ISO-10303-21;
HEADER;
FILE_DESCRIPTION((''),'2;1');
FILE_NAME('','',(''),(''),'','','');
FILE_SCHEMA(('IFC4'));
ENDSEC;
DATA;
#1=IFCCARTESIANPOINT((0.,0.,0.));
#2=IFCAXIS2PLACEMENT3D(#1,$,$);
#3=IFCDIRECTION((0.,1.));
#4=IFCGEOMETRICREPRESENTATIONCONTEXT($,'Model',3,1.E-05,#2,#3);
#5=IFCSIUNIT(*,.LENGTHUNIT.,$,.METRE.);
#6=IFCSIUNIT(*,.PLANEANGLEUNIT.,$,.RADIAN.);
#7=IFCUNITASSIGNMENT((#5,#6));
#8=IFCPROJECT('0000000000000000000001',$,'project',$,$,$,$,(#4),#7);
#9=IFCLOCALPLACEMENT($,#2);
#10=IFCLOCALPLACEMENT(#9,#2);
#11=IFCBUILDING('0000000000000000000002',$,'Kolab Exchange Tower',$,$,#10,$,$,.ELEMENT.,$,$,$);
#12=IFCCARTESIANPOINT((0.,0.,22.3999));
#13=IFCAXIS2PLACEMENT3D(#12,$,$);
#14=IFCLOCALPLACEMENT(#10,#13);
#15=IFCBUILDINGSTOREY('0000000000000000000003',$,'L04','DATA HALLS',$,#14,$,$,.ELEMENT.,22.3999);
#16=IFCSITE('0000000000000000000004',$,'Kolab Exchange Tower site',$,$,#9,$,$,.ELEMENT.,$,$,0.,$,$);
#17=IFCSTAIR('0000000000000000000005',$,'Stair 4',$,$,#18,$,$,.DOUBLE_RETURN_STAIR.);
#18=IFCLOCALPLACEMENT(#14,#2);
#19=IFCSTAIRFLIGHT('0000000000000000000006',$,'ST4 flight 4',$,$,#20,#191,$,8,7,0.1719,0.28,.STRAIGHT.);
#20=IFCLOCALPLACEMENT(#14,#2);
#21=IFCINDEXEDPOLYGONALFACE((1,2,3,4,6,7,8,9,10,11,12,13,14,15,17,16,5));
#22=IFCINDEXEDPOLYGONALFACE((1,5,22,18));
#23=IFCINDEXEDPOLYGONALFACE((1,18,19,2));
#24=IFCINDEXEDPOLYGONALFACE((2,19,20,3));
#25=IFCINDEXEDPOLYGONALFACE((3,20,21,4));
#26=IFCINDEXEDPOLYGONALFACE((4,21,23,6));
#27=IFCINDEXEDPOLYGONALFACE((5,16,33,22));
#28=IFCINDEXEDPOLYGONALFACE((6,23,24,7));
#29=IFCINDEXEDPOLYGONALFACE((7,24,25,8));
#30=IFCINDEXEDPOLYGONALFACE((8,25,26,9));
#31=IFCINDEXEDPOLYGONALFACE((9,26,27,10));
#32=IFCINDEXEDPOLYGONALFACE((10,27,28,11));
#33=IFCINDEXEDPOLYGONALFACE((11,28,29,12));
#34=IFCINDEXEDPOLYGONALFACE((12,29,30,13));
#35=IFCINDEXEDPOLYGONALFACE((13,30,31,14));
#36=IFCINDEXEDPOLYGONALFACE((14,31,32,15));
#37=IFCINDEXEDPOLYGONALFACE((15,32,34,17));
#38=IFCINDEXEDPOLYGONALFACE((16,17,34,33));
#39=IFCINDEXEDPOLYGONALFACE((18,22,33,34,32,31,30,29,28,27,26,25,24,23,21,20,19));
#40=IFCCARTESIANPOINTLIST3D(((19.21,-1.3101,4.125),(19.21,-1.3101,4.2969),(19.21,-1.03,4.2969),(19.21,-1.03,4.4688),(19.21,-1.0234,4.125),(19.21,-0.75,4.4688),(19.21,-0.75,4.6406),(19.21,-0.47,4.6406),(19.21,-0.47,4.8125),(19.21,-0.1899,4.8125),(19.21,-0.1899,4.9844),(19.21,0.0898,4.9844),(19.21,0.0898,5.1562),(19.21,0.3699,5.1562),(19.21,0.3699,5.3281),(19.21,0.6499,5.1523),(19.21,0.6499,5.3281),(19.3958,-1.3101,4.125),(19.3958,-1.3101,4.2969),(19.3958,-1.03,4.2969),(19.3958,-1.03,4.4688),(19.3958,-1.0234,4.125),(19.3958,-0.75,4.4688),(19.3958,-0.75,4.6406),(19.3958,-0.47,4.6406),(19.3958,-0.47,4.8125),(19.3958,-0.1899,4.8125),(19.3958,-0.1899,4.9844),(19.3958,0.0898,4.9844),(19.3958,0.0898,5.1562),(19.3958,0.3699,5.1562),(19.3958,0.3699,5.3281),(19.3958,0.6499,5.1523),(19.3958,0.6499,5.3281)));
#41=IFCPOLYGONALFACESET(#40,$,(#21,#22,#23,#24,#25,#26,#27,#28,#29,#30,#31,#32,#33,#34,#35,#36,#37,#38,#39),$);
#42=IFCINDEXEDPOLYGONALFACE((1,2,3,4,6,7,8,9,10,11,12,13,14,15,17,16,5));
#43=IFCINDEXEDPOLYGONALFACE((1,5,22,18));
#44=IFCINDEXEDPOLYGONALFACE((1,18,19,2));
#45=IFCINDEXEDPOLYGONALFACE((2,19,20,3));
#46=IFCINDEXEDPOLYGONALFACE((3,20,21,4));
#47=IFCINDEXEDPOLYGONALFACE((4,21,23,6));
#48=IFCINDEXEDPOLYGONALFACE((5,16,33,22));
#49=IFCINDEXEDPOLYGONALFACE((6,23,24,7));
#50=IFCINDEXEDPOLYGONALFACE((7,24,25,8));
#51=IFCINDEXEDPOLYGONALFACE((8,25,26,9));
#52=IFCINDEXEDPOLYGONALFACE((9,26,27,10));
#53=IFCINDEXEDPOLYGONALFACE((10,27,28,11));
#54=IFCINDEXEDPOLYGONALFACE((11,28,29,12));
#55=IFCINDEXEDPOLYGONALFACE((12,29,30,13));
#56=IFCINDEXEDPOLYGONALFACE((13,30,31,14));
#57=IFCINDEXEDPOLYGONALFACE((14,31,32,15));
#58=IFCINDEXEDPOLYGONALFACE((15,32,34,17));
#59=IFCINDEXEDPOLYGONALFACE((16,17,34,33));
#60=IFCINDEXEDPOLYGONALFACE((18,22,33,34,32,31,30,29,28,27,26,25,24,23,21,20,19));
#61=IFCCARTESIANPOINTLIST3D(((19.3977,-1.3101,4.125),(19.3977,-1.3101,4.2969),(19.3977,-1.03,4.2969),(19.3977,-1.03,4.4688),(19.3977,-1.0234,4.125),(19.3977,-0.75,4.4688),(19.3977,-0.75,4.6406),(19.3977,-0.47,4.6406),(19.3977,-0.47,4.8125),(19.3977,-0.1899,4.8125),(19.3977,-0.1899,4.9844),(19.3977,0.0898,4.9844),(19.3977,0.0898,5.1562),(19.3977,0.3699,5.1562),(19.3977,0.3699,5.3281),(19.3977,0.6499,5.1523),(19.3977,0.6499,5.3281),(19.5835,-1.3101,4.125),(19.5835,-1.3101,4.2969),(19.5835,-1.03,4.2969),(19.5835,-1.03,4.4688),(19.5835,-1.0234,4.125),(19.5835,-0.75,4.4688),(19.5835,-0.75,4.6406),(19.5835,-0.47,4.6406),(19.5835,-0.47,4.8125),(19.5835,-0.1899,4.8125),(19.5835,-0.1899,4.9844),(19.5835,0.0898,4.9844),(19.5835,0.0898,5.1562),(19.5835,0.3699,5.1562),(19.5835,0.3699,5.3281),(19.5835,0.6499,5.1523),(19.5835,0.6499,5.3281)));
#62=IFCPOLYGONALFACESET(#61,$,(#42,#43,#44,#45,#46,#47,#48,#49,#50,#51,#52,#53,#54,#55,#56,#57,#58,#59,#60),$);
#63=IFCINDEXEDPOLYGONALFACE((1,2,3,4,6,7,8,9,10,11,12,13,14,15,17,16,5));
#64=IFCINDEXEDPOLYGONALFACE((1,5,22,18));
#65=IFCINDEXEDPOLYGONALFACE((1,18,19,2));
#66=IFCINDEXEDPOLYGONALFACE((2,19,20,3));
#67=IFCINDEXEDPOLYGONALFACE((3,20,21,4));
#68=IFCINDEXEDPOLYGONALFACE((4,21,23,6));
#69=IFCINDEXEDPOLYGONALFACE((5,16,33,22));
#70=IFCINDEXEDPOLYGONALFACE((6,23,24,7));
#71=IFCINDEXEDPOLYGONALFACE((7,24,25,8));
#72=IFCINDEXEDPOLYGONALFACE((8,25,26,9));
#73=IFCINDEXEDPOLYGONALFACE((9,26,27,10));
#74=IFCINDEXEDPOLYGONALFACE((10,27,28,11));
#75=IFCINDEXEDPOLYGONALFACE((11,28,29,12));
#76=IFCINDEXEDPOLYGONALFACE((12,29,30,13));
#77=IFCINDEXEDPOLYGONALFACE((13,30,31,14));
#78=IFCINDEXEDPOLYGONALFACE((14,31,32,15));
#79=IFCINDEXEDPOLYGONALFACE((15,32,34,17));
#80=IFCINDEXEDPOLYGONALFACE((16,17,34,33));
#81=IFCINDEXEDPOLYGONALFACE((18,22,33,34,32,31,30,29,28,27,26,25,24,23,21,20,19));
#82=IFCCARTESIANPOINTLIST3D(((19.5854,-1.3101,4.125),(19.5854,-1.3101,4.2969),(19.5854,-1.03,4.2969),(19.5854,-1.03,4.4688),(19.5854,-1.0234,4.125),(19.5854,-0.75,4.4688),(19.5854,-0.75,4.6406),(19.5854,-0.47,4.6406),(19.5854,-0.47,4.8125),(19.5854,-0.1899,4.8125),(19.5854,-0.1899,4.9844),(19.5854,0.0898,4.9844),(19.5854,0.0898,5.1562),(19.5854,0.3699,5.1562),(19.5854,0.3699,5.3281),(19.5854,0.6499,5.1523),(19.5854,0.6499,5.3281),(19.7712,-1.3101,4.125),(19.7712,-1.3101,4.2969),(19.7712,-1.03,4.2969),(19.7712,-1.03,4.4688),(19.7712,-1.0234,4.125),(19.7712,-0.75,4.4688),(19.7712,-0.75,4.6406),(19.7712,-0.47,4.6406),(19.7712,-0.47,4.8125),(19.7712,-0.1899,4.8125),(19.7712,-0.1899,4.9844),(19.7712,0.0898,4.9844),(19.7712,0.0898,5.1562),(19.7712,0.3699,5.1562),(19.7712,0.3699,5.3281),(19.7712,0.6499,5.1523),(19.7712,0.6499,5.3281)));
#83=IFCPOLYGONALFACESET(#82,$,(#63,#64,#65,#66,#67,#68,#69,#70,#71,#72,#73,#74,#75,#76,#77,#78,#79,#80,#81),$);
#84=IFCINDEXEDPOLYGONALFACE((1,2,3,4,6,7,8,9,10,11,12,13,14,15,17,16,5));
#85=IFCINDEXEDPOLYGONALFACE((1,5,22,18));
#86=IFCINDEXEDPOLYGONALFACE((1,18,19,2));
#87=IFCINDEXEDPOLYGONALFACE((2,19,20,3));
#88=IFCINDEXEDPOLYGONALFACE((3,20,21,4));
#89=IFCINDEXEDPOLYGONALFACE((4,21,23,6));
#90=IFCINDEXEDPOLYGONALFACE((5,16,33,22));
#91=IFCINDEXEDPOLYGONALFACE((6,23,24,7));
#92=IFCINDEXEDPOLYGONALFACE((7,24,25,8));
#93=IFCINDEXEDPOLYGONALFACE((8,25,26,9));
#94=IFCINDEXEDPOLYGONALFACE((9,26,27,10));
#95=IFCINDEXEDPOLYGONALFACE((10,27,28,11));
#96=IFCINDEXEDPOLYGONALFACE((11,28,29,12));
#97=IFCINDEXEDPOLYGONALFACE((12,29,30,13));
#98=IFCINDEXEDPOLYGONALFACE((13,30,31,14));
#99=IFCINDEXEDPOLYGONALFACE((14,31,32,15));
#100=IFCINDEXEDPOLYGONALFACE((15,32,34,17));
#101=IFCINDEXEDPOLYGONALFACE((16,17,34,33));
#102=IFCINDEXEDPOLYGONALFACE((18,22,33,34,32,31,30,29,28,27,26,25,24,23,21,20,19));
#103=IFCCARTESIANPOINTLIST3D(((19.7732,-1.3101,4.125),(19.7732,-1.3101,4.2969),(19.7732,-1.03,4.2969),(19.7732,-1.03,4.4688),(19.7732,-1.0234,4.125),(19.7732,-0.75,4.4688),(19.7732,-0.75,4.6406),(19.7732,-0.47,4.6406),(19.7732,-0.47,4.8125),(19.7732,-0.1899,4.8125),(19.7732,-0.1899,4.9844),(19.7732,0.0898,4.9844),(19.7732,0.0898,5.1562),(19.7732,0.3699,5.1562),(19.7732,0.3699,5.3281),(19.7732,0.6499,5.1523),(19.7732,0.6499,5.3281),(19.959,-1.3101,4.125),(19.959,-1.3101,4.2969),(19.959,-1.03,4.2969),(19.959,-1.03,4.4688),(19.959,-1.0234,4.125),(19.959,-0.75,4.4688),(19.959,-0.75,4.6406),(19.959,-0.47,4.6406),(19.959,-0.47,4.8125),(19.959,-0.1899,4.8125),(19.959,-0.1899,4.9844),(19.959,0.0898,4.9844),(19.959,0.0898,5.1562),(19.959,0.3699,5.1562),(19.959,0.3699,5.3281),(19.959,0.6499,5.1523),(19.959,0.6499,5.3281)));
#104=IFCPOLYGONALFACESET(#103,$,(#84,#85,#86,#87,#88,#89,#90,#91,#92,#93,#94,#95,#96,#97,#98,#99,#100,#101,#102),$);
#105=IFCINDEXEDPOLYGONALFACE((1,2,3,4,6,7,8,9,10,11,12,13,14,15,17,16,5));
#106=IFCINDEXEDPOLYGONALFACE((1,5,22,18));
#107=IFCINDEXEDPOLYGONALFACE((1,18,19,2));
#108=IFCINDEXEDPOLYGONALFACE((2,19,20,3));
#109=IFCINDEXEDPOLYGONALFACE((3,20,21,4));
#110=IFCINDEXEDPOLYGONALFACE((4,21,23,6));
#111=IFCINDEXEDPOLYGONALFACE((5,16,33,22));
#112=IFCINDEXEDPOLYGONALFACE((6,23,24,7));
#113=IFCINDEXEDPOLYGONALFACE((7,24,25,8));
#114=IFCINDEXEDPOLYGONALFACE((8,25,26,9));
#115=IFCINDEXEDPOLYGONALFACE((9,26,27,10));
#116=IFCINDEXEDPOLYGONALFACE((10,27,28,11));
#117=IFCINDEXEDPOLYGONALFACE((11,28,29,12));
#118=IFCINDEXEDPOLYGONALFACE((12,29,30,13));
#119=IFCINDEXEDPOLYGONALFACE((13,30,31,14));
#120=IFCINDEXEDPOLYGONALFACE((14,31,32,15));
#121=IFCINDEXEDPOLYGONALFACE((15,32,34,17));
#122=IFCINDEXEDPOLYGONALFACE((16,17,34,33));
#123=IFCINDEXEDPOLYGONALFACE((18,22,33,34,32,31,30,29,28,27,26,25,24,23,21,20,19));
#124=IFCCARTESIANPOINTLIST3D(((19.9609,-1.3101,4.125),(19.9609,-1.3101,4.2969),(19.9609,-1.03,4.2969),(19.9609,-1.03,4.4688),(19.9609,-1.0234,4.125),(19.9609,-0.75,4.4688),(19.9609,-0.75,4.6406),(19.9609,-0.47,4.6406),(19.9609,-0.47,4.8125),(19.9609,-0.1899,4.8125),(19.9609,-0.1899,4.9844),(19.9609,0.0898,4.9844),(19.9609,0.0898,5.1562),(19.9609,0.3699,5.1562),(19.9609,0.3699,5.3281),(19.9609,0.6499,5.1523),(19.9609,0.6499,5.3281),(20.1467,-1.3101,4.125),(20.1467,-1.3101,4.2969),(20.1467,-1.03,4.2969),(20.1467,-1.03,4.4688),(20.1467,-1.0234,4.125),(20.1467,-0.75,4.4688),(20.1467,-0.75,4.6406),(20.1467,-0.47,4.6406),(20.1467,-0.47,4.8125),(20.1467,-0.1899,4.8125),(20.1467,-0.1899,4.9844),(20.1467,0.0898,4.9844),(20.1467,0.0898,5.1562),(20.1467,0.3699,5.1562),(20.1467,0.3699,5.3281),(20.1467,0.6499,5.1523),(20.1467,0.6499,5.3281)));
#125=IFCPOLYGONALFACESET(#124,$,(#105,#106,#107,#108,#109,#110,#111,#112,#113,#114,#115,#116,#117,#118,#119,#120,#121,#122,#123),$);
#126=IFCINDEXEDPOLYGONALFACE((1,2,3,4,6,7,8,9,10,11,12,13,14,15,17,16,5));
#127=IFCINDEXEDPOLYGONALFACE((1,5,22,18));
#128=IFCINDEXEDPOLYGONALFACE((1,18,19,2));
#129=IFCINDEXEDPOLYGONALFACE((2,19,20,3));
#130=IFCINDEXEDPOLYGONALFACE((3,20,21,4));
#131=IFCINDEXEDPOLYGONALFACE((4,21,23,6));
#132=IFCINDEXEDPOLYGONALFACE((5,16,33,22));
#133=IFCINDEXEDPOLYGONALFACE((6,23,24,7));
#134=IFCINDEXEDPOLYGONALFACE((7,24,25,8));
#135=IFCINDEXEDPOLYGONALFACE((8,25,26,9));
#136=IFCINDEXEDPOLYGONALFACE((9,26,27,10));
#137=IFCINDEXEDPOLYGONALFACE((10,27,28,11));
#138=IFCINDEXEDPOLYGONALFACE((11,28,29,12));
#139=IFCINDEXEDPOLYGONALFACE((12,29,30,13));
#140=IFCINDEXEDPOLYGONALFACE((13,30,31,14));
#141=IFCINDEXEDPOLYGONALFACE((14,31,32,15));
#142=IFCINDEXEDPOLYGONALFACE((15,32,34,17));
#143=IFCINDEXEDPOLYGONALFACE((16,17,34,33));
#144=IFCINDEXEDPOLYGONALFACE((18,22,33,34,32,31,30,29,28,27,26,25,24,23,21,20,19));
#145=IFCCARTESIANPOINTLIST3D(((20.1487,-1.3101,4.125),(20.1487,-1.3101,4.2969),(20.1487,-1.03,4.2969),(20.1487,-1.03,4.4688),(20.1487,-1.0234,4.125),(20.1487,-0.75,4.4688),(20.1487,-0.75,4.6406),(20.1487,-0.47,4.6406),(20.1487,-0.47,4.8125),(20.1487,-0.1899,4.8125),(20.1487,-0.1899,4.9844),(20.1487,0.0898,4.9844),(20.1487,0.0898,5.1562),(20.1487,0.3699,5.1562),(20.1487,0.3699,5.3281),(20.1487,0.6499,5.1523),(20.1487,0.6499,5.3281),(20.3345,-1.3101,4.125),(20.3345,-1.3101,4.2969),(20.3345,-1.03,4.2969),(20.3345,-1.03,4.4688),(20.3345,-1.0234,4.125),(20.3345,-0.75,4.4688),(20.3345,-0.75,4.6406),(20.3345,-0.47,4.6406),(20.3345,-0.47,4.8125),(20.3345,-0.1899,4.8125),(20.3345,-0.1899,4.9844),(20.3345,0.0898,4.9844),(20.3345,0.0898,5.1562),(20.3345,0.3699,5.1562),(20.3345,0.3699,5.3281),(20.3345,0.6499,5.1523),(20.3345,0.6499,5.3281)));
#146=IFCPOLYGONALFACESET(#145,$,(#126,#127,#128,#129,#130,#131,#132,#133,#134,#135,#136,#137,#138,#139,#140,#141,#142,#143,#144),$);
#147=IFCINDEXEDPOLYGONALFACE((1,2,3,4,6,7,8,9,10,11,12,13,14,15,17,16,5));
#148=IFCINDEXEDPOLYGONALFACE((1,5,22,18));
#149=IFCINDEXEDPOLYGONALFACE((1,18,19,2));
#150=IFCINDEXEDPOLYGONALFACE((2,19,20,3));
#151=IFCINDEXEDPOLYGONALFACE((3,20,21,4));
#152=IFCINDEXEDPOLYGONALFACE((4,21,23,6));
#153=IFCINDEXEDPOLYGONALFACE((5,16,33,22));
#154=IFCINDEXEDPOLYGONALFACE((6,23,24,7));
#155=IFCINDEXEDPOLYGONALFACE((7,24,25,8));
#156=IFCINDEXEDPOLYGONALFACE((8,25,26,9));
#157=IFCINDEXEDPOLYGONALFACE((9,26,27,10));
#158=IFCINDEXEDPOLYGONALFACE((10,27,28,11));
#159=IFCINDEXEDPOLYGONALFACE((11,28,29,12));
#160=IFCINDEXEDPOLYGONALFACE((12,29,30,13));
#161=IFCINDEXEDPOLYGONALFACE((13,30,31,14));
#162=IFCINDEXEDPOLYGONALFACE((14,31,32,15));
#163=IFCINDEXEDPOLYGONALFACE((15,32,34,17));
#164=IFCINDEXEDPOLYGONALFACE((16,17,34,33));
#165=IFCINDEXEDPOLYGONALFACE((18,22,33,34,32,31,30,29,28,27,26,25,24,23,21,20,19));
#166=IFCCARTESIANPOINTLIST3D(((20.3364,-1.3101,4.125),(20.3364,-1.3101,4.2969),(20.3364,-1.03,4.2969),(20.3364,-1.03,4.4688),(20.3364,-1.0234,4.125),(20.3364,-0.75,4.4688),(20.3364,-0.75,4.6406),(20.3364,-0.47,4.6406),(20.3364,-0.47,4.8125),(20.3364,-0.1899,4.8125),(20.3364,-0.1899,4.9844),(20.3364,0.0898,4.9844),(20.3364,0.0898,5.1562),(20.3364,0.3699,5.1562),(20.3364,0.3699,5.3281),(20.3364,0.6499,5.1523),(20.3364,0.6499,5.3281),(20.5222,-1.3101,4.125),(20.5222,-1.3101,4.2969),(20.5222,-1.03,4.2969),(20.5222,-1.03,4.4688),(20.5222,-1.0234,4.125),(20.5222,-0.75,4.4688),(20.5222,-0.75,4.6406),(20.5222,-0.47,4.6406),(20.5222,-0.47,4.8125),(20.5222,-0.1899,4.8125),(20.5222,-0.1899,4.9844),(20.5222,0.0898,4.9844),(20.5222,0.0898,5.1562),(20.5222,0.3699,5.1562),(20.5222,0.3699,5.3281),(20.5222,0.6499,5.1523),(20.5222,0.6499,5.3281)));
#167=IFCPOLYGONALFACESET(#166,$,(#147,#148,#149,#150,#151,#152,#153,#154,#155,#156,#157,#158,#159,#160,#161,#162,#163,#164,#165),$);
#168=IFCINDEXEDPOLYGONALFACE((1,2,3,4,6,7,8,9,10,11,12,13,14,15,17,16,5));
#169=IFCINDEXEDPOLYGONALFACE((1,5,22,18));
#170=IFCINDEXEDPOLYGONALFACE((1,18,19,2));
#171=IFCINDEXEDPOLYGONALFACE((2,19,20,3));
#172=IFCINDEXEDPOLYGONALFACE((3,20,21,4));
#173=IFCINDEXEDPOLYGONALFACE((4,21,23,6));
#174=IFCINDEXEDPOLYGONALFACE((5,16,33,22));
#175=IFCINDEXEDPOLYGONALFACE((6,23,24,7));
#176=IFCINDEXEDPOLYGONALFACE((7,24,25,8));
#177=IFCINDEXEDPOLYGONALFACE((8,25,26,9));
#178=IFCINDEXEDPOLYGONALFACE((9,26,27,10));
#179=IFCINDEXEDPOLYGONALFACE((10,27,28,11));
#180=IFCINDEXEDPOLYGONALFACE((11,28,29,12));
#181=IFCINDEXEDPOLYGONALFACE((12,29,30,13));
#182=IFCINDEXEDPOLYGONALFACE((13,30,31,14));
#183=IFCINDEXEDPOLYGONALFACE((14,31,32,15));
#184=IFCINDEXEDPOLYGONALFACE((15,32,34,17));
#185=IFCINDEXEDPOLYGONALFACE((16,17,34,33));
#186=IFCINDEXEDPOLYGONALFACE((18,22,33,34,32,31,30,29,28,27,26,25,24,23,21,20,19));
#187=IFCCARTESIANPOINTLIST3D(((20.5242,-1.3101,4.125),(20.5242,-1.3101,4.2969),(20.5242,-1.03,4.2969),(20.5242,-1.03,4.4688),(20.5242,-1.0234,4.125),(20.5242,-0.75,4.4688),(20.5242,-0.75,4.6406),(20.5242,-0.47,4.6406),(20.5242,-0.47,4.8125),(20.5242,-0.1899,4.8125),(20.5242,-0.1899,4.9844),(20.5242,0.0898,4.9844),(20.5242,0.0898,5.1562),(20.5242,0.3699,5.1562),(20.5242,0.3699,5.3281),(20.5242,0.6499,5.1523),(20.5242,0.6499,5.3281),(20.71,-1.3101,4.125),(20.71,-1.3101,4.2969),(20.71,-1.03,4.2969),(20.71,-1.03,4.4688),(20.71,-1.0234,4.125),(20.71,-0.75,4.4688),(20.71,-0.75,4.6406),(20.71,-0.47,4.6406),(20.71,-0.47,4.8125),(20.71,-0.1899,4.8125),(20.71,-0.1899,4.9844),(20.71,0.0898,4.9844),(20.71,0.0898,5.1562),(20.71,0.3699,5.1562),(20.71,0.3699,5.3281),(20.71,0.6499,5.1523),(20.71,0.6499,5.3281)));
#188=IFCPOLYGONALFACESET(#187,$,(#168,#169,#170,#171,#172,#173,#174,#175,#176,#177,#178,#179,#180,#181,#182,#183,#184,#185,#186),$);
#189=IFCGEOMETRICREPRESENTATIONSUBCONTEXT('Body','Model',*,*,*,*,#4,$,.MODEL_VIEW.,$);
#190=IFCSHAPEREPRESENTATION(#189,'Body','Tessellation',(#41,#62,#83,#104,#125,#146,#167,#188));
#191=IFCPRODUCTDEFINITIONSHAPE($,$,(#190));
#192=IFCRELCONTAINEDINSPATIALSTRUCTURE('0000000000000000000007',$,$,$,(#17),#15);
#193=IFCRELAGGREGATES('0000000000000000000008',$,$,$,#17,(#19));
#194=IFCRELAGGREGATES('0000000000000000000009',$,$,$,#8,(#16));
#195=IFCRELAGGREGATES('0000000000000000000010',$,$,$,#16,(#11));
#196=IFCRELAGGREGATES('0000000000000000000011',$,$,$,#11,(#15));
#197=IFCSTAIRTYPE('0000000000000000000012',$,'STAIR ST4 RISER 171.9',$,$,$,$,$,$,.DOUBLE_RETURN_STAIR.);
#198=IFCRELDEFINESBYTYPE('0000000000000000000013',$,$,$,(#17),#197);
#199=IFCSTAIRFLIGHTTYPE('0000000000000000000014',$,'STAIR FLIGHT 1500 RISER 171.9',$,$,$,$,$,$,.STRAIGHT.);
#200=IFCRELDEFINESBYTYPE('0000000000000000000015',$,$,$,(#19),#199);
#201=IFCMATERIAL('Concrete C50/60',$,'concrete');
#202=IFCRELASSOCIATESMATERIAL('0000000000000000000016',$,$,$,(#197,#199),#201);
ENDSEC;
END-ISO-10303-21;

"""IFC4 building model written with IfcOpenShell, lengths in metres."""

from ifc_helpers import new_model, si_unit, direction, frame, origin, place, context, subcontext, project, spatial, polyline, outline, extrude, material, type_object, element, aggregate, save


model = new_model("IFC4")

# Units and contexts
model_context = context("Model", 3, precision=1e-05, world=origin(), true_north=direction((0.0, 1.0)))
body_context = subcontext(model_context, "Body", "Model", "MODEL_VIEW")
ifc_project = project(units=[si_unit("LENGTHUNIT", "METRE"), si_unit("PLANEANGLEUNIT", "RADIAN")], contexts=[model_context])

# Site, building, storey
site_placement = place(None, origin())
site = spatial("IfcSite", under=ifc_project, at=site_placement, Name="Kolab Exchange Tower site", CompositionType="ELEMENT", RefElevation=0.0)
building_placement = place(site_placement, origin())
building = spatial("IfcBuilding", under=site, at=building_placement, Name="Kolab Exchange Tower", CompositionType="ELEMENT")
storey_placement = place(building_placement, frame((0.0, 0.0, 22.3999)))
storey = spatial("IfcBuildingStorey", under=building, at=storey_placement, Name="L04", Description="DATA HALLS", CompositionType="ELEMENT", Elevation=22.3999)

# Shared definitions
ifc_material_1 = material(Name="Concrete C50/60", Category="concrete")

# Stair, stair flight
stair_type = type_object("IfcStairType", Name="STAIR ST4 RISER 171.9", PredefinedType="DOUBLE_RETURN_STAIR", material=ifc_material_1)
stair_placement = place(storey_placement, origin())
stair = element("IfcStair", 1, at=stair_placement, inside=storey, type_object=stair_type, Name="Stair 4", PredefinedType="DOUBLE_RETURN_STAIR")
stair_flight_type = type_object("IfcStairFlightType", Name="STAIR FLIGHT 1500 RISER 171.9", PredefinedType="STRAIGHT", material=ifc_material_1)
stair_flight_1_placement = place(storey_placement, frame((19.96, -1.3101, 4.125), z_axis=(0.0, 0.0, 1.0), x_axis=(0.0, 1.0, 0.0)))
stair_flight_1 = element("IfcStairFlight", 2, at=stair_flight_1_placement, type_object=stair_flight_type, Name="ST4 flight 4", NumberOfRisers=8, NumberOfTreads=7, PredefinedType="STRAIGHT", RiserHeight=0.1719, TreadLength=0.28, context=body_context, shape_type="SweptSolid", body=[
    extrude(outline(polyline([(0.0, 0.0), (0.0, 0.1719), (0.28, 0.1719), (0.28, 0.3438), (0.5601, 0.3438), (0.5601, 0.5156), (0.8401, 0.5156), (0.8401, 0.6875), (1.1201, 0.6875), (1.1201, 0.8594), (1.3999, 0.8594), (1.3999, 1.0312), (1.6799, 1.0312), (1.6799, 1.2031), (1.96, 1.2031), (1.96, 1.375), (1.96, 1.0273), (0.2866, 0.0), (0.0, 0.0)])), frame((0.0, 0.75, 0.0), z_axis=(0.0, -1.0, 0.0), x_axis=(1.0, 0.0, 0.0)), (0.0, 0.0, 1.0), 0.1858),
    extrude(outline(polyline([(0.0, 0.0), (0.0, 0.1719), (0.28, 0.1719), (0.28, 0.3438), (0.5601, 0.3438), (0.5601, 0.5156), (0.8401, 0.5156), (0.8401, 0.6875), (1.1201, 0.6875), (1.1201, 0.8594), (1.3999, 0.8594), (1.3999, 1.0312), (1.6799, 1.0312), (1.6799, 1.2031), (1.96, 1.2031), (1.96, 1.375), (1.96, 1.0273), (0.2866, 0.0), (0.0, 0.0)])), frame((0.0, 0.5623, 0.0), z_axis=(0.0, -1.0, 0.0), x_axis=(1.0, 0.0, 0.0)), (0.0, 0.0, 1.0), 0.1858),
    extrude(outline(polyline([(0.0, 0.0), (0.0, 0.1719), (0.28, 0.1719), (0.28, 0.3438), (0.5601, 0.3438), (0.5601, 0.5156), (0.8401, 0.5156), (0.8401, 0.6875), (1.1201, 0.6875), (1.1201, 0.8594), (1.3999, 0.8594), (1.3999, 1.0312), (1.6799, 1.0312), (1.6799, 1.2031), (1.96, 1.2031), (1.96, 1.375), (1.96, 1.0273), (0.2866, 0.0), (0.0, 0.0)])), frame((0.0, 0.3745, 0.0), z_axis=(0.0, -1.0, 0.0), x_axis=(1.0, 0.0, 0.0)), (0.0, 0.0, 1.0), 0.1858),
    extrude(outline(polyline([(0.0, 0.0), (0.0, 0.1719), (0.28, 0.1719), (0.28, 0.3438), (0.5601, 0.3438), (0.5601, 0.5156), (0.8401, 0.5156), (0.8401, 0.6875), (1.1201, 0.6875), (1.1201, 0.8594), (1.3999, 0.8594), (1.3999, 1.0312), (1.6799, 1.0312), (1.6799, 1.2031), (1.96, 1.2031), (1.96, 1.375), (1.96, 1.0273), (0.2866, 0.0), (0.0, 0.0)])), frame((0.0, 0.1868, 0.0), z_axis=(0.0, -1.0, 0.0), x_axis=(1.0, 0.0, 0.0)), (0.0, 0.0, 1.0), 0.1858),
    extrude(outline(polyline([(0.0, 0.0), (0.0, 0.1719), (0.28, 0.1719), (0.28, 0.3438), (0.5601, 0.3438), (0.5601, 0.5156), (0.8401, 0.5156), (0.8401, 0.6875), (1.1201, 0.6875), (1.1201, 0.8594), (1.3999, 0.8594), (1.3999, 1.0312), (1.6799, 1.0312), (1.6799, 1.2031), (1.96, 1.2031), (1.96, 1.375), (1.96, 1.0273), (0.2866, 0.0), (0.0, 0.0)])), frame((0.0, -0.001, 0.0), z_axis=(0.0, -1.0, 0.0), x_axis=(1.0, 0.0, 0.0)), (0.0, 0.0, 1.0), 0.1858),
    extrude(outline(polyline([(0.0, 0.0), (0.0, 0.1719), (0.28, 0.1719), (0.28, 0.3438), (0.5601, 0.3438), (0.5601, 0.5156), (0.8401, 0.5156), (0.8401, 0.6875), (1.1201, 0.6875), (1.1201, 0.8594), (1.3999, 0.8594), (1.3999, 1.0312), (1.6799, 1.0312), (1.6799, 1.2031), (1.96, 1.2031), (1.96, 1.375), (1.96, 1.0273), (0.2866, 0.0), (0.0, 0.0)])), frame((0.0, -0.1887, 0.0), z_axis=(0.0, -1.0, 0.0), x_axis=(1.0, 0.0, 0.0)), (0.0, 0.0, 1.0), 0.1858),
    extrude(outline(polyline([(0.0, 0.0), (0.0, 0.1719), (0.28, 0.1719), (0.28, 0.3438), (0.5601, 0.3438), (0.5601, 0.5156), (0.8401, 0.5156), (0.8401, 0.6875), (1.1201, 0.6875), (1.1201, 0.8594), (1.3999, 0.8594), (1.3999, 1.0312), (1.6799, 1.0312), (1.6799, 1.2031), (1.96, 1.2031), (1.96, 1.375), (1.96, 1.0273), (0.2866, 0.0), (0.0, 0.0)])), frame((0.0, -0.3765, 0.0), z_axis=(0.0, -1.0, 0.0), x_axis=(1.0, 0.0, 0.0)), (0.0, 0.0, 1.0), 0.1858),
    extrude(outline(polyline([(0.0, 0.0), (0.0, 0.1719), (0.28, 0.1719), (0.28, 0.3438), (0.5601, 0.3438), (0.5601, 0.5156), (0.8401, 0.5156), (0.8401, 0.6875), (1.1201, 0.6875), (1.1201, 0.8594), (1.3999, 0.8594), (1.3999, 1.0312), (1.6799, 1.0312), (1.6799, 1.2031), (1.96, 1.2031), (1.96, 1.375), (1.96, 1.0273), (0.2866, 0.0), (0.0, 0.0)])), frame((0.0, -0.5642, 0.0), z_axis=(0.0, -1.0, 0.0), x_axis=(1.0, 0.0, 0.0)), (0.0, 0.0, 1.0), 0.1858),
])
aggregate(stair, [stair_flight_1])

save(model, "model.ifc")
